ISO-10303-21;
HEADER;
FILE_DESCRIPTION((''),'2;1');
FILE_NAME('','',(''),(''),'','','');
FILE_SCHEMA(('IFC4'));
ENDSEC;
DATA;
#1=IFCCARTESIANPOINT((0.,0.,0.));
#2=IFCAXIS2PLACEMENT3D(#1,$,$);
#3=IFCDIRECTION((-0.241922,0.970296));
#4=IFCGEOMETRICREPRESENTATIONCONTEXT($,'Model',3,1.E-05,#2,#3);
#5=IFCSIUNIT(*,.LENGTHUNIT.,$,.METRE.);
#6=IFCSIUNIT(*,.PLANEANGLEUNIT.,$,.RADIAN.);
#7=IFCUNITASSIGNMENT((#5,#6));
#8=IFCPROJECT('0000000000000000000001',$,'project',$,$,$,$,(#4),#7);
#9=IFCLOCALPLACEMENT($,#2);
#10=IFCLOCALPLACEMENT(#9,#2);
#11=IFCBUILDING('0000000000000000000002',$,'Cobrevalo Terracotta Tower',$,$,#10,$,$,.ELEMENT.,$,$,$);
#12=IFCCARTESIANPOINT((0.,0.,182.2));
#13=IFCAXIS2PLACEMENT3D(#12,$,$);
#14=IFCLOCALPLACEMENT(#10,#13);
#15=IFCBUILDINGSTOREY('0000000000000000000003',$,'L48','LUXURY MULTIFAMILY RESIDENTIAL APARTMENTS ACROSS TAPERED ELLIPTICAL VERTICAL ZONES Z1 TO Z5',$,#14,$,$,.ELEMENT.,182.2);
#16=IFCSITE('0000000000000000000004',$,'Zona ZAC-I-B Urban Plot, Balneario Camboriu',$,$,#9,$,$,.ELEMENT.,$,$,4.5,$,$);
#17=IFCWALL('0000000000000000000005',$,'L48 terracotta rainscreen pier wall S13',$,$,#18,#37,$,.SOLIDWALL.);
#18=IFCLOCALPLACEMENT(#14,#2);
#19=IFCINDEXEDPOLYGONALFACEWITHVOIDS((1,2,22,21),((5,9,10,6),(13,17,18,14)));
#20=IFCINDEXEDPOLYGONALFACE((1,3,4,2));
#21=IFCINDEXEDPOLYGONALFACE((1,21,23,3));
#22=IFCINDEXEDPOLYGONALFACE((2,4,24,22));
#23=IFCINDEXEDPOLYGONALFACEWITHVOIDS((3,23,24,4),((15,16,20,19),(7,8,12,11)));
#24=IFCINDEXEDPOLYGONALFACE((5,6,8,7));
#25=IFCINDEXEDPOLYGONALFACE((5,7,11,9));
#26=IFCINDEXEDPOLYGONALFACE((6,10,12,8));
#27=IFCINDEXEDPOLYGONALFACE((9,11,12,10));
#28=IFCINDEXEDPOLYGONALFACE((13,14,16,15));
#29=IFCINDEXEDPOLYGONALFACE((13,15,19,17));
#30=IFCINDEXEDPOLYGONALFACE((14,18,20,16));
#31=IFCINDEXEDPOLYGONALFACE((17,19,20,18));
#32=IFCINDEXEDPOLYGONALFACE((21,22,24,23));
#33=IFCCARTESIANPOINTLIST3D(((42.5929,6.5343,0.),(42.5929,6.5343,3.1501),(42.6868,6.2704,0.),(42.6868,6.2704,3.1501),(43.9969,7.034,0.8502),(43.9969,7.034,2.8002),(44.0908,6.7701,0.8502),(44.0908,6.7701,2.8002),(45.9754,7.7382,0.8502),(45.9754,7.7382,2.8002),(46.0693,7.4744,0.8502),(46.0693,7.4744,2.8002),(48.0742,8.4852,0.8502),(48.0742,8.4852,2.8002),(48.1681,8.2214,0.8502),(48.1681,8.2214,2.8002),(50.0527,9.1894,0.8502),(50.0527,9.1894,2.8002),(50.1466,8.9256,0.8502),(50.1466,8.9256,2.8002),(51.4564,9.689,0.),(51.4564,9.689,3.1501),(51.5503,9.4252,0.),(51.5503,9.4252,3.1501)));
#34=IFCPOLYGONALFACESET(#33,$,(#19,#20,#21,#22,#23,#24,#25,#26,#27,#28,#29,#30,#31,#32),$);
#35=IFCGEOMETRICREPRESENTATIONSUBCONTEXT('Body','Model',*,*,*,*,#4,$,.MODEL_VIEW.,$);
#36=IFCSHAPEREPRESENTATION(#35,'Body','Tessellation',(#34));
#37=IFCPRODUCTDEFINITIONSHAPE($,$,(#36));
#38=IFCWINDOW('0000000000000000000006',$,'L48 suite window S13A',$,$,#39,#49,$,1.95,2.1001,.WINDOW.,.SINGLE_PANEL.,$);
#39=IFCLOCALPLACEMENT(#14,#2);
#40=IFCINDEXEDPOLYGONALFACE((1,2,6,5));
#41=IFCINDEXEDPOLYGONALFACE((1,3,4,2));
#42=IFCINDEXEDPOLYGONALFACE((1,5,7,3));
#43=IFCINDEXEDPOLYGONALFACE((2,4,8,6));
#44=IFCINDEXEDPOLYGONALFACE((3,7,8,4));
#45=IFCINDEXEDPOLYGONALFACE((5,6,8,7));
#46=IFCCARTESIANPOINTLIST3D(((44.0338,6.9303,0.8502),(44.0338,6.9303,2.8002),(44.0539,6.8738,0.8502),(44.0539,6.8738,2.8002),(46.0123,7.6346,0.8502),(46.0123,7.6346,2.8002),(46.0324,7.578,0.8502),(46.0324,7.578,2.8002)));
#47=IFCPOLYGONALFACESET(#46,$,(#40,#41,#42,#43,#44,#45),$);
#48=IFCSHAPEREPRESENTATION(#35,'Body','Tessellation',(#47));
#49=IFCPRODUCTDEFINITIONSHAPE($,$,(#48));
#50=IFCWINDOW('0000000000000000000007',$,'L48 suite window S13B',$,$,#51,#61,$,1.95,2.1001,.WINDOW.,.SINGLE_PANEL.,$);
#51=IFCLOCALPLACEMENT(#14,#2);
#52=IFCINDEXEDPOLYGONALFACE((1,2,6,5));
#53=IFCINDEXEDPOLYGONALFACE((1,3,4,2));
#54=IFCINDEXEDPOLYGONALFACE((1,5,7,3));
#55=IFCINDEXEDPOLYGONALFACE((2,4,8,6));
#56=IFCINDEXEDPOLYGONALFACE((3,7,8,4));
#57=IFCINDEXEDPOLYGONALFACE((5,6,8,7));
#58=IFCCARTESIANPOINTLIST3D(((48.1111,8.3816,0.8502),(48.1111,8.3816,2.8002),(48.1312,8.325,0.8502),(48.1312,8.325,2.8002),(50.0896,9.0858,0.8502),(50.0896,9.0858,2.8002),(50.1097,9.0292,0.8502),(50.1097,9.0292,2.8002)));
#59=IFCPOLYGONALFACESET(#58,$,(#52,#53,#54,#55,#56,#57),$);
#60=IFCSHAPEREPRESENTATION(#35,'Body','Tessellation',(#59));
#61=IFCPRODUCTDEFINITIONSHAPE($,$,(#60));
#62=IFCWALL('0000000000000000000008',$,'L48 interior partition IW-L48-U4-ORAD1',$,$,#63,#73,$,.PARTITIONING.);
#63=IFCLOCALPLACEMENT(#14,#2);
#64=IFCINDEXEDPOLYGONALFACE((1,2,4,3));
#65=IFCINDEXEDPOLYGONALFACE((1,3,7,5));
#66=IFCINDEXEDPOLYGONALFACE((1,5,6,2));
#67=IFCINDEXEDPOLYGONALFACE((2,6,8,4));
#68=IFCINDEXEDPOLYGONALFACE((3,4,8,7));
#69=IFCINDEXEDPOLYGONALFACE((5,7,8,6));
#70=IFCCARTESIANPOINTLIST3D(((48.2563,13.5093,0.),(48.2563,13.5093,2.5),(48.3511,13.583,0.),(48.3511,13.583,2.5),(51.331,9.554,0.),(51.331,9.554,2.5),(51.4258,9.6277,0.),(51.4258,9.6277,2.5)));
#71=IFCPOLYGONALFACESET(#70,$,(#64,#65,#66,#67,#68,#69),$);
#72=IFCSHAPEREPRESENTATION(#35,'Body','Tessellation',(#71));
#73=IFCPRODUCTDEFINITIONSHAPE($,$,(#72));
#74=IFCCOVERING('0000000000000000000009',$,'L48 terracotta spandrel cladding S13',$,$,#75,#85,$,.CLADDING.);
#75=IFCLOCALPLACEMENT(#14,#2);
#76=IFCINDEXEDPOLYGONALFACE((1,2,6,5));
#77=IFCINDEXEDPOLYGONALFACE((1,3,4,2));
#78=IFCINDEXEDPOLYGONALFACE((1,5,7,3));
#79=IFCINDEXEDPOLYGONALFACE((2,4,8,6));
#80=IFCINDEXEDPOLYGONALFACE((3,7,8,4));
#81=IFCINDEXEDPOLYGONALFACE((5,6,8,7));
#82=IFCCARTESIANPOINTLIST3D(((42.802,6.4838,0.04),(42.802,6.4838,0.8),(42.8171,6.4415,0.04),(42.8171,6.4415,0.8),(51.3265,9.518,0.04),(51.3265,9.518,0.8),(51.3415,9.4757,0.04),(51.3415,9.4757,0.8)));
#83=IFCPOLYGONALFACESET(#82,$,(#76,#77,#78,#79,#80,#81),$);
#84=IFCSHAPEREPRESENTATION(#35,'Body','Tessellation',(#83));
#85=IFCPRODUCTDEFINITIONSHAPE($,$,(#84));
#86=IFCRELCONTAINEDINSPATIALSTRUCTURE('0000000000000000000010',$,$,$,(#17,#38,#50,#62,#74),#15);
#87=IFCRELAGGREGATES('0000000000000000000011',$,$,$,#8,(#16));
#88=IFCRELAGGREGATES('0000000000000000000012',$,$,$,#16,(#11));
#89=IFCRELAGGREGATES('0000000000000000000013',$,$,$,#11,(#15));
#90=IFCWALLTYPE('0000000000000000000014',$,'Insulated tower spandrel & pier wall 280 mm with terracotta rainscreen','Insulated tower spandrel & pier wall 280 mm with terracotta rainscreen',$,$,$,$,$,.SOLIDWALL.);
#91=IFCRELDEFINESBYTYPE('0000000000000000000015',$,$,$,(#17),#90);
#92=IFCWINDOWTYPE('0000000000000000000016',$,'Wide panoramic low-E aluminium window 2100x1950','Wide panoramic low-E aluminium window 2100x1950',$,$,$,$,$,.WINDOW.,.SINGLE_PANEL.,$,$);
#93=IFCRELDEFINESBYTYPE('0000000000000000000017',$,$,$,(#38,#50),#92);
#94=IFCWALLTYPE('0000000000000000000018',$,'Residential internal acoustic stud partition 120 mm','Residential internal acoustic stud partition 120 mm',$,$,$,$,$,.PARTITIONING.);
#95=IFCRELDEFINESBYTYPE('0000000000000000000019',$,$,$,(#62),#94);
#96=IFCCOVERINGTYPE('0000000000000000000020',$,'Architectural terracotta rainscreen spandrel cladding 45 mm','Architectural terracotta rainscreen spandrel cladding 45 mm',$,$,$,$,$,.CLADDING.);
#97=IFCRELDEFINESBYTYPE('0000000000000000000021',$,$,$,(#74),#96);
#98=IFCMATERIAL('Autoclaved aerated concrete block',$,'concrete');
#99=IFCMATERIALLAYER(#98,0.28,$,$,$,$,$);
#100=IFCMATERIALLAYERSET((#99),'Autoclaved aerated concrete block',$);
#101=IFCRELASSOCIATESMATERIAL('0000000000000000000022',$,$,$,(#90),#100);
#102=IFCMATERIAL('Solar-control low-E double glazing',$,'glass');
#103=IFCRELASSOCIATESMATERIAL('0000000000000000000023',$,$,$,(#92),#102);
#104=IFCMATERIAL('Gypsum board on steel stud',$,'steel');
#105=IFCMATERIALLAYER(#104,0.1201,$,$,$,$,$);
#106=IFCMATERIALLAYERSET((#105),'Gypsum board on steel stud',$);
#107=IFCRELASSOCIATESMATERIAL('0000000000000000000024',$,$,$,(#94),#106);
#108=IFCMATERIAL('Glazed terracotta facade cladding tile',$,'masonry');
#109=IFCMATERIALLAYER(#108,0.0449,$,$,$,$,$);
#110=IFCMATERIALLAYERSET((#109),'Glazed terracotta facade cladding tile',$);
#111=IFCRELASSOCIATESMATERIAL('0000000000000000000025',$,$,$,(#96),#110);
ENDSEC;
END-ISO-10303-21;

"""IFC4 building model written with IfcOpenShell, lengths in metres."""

from ifc_helpers import new_model, si_unit, direction, frame, frame_2d, origin, origin_2d, place, context, subcontext, project, spatial, rectangle, extrude, source, transform, mapped, material, layer, layer_set, type_object, element, fill, save


model = new_model("IFC4")

# Units and contexts
model_context = context("Model", 3, precision=1e-05, world=origin(), true_north=direction((-0.241922, 0.970296)))
body_context = subcontext(model_context, "Body", "Model", "MODEL_VIEW")
ifc_project = project(units=[si_unit("LENGTHUNIT", "METRE"), si_unit("PLANEANGLEUNIT", "RADIAN")], contexts=[model_context])

# Site, building, storey
site_placement = place(None, origin())
site = spatial("IfcSite", under=ifc_project, at=site_placement, Name="Zona ZAC-I-B Urban Plot, Balneario Camboriu", CompositionType="ELEMENT", RefElevation=4.5)
building_placement = place(site_placement, origin())
building = spatial("IfcBuilding", under=site, at=building_placement, Name="Cobrevalo Terracotta Tower", CompositionType="ELEMENT")
storey_placement = place(building_placement, frame((0.0, 0.0, 182.2)))
storey = spatial("IfcBuildingStorey", under=building, at=storey_placement, Name="L48", Description="LUXURY MULTIFAMILY RESIDENTIAL APARTMENTS ACROSS TAPERED ELLIPTICAL VERTICAL ZONES Z1 TO Z5", CompositionType="ELEMENT", Elevation=182.2)

# Shared definitions
ifc_material_1 = material(Name="Solar-control low-E double glazing", Category="glass")

# Shared definitions
ifc_material_2 = material(Name="Autoclaved aerated concrete block", Category="concrete")

# Wall, openings, windows
ifc_layer_1 = layer(ifc_material_2, 0.28)
ifc_layer_set_1 = layer_set([ifc_layer_1], Name="Autoclaved aerated concrete block")
wall_type_1 = type_object("IfcWallType", Name="Insulated tower spandrel & pier wall 280 mm with terracotta rainscreen", Description="Insulated tower spandrel & pier wall 280 mm with terracotta rainscreen", PredefinedType="SOLIDWALL", material=ifc_layer_set_1)
wall_1_placement = place(storey_placement, frame((42.6399, 6.4023, 0.0), z_axis=(0.0, 0.0, 1.0), x_axis=(0.942104, 0.335322, 0.0)))
wall_1 = element("IfcWall", 1, at=wall_1_placement, inside=storey, type_object=wall_type_1, Name="L48 terracotta rainscreen pier wall S13", PredefinedType="SOLIDWALL", context=body_context, shape_type="SweptSolid", body=[
    extrude(rectangle(XDim=9.4082, YDim=0.28, at=frame_2d((4.7041, 0.0))), origin(), (0.0, 0.0, 1.0), 3.1501),
])
opening_1_placement = place(wall_1_placement, frame((1.4902, 0.0, 0.8501)))
opening_1 = element("IfcOpeningElement", 2, at=opening_1_placement, cuts=wall_1, PredefinedType="OPENING", context=body_context, shape_type="SweptSolid", body=[
    extrude(rectangle(XDim=2.1001, YDim=1.95, at=frame_2d((1.05, 0.9751))), frame((0.0, 0.1499, 0.0), z_axis=(0.0, -1.0, 0.0), x_axis=(1.0, 0.0, 0.0)), (0.0, 0.0, 1.0), 0.3),
])
opening_2_placement = place(wall_1_placement, frame((5.8181, 0.0, 0.8501)))
opening_2 = element("IfcOpeningElement", 3, at=opening_2_placement, cuts=wall_1, PredefinedType="OPENING", context=body_context, shape_type="SweptSolid", body=[
    extrude(rectangle(XDim=2.1001, YDim=1.95, at=frame_2d((1.05, 0.9751))), frame((0.0, 0.1499, 0.0), z_axis=(0.0, -1.0, 0.0), x_axis=(1.0, 0.0, 0.0)), (0.0, 0.0, 1.0), 0.3),
])
window_type = type_object("IfcWindowType", Name="Wide panoramic low-E aluminium window 2100x1950", Description="Wide panoramic low-E aluminium window 2100x1950", PartitioningType="SINGLE_PANEL", PredefinedType="WINDOW", material=ifc_material_1)
shared_shape_1 = source(origin(), body_context, "Body", "SweptSolid", [
    extrude(rectangle(XDim=2.1001, YDim=1.95, at=frame_2d((1.05, 0.9751))), frame((0.0, 0.03, 0.0), z_axis=(0.0, -1.0, 0.0), x_axis=(1.0, 0.0, 0.0)), (0.0, 0.0, 1.0), 0.0601),
])
window_1_placement = place(opening_1_placement, origin())
window_1 = element("IfcWindow", 4, at=window_1_placement, inside=storey, type_object=window_type, Name="L48 suite window S13A", OverallHeight=1.95, OverallWidth=2.1001, PartitioningType="SINGLE_PANEL", PredefinedType="WINDOW", context=body_context, shape_type="MappedRepresentation", body=[
    mapped(shared_shape_1, transform((0.0, 0.0, 0.0), scale=1.0)),
])
fill(opening_1, window_1)
window_2_placement = place(opening_2_placement, origin())
window_2 = element("IfcWindow", 5, at=window_2_placement, inside=storey, type_object=window_type, Name="L48 suite window S13B", OverallHeight=1.95, OverallWidth=2.1001, PartitioningType="SINGLE_PANEL", PredefinedType="WINDOW", context=body_context, shape_type="MappedRepresentation", body=[
    mapped(shared_shape_1, transform((0.0, 0.0, 0.0), scale=1.0)),
])
fill(opening_2, window_2)

# Shared definitions
ifc_material_3 = material(Name="Gypsum board on steel stud", Category="steel")
ifc_layer_2 = layer(ifc_material_3, 0.1201)
ifc_layer_set_2 = layer_set([ifc_layer_2], Name="Gypsum board on steel stud")
wall_type_2 = type_object("IfcWallType", Name="Residential internal acoustic stud partition 120 mm", Description="Residential internal acoustic stud partition 120 mm", PredefinedType="PARTITIONING", material=ifc_layer_set_2)

# Wall
wall_2_placement = place(storey_placement, frame((48.3037, 13.5461, 0.0), z_axis=(0.0, 0.0, 1.0), x_axis=(0.613735, -0.789512, 0.0)))
element("IfcWall", 6, at=wall_2_placement, inside=storey, type_object=wall_type_2, Name="L48 interior partition IW-L48-U4-ORAD1", PredefinedType="PARTITIONING", context=body_context, shape_type="SweptSolid", body=[
    extrude(rectangle(XDim=5.0098, YDim=0.1201, at=frame_2d((2.5049, 0.0))), origin(), (0.0, 0.0, 1.0), 2.5),
])

# Covering
ifc_material_4 = material(Name="Glazed terracotta facade cladding tile", Category="masonry")
ifc_layer_3 = layer(ifc_material_4, 0.0449)
ifc_layer_set_3 = layer_set([ifc_layer_3], Name="Glazed terracotta facade cladding tile")
covering_type = type_object("IfcCoveringType", Name="Architectural terracotta rainscreen spandrel cladding 45 mm", Description="Architectural terracotta rainscreen spandrel cladding 45 mm", PredefinedType="CLADDING", material=ifc_layer_set_3)
shared_shape_2 = source(origin(), body_context, "Body", "SweptSolid", [
    extrude(rectangle(XDim=9.0483, YDim=0.0449, at=origin_2d()), origin(), (0.0, 0.0, 1.0), 0.76),
])
covering_placement = place(storey_placement, frame((47.0718, 7.9797, 0.04), z_axis=(0.0, 0.0, 1.0), x_axis=(0.942098, 0.335336, 0.0)))
element("IfcCovering", 7, at=covering_placement, inside=storey, type_object=covering_type, Name="L48 terracotta spandrel cladding S13", PredefinedType="CLADDING", context=body_context, shape_type="MappedRepresentation", body=[
    mapped(shared_shape_2, transform((0.0, 0.0, 0.0), scale=1.0)),
])

save(model, "model.ifc")
